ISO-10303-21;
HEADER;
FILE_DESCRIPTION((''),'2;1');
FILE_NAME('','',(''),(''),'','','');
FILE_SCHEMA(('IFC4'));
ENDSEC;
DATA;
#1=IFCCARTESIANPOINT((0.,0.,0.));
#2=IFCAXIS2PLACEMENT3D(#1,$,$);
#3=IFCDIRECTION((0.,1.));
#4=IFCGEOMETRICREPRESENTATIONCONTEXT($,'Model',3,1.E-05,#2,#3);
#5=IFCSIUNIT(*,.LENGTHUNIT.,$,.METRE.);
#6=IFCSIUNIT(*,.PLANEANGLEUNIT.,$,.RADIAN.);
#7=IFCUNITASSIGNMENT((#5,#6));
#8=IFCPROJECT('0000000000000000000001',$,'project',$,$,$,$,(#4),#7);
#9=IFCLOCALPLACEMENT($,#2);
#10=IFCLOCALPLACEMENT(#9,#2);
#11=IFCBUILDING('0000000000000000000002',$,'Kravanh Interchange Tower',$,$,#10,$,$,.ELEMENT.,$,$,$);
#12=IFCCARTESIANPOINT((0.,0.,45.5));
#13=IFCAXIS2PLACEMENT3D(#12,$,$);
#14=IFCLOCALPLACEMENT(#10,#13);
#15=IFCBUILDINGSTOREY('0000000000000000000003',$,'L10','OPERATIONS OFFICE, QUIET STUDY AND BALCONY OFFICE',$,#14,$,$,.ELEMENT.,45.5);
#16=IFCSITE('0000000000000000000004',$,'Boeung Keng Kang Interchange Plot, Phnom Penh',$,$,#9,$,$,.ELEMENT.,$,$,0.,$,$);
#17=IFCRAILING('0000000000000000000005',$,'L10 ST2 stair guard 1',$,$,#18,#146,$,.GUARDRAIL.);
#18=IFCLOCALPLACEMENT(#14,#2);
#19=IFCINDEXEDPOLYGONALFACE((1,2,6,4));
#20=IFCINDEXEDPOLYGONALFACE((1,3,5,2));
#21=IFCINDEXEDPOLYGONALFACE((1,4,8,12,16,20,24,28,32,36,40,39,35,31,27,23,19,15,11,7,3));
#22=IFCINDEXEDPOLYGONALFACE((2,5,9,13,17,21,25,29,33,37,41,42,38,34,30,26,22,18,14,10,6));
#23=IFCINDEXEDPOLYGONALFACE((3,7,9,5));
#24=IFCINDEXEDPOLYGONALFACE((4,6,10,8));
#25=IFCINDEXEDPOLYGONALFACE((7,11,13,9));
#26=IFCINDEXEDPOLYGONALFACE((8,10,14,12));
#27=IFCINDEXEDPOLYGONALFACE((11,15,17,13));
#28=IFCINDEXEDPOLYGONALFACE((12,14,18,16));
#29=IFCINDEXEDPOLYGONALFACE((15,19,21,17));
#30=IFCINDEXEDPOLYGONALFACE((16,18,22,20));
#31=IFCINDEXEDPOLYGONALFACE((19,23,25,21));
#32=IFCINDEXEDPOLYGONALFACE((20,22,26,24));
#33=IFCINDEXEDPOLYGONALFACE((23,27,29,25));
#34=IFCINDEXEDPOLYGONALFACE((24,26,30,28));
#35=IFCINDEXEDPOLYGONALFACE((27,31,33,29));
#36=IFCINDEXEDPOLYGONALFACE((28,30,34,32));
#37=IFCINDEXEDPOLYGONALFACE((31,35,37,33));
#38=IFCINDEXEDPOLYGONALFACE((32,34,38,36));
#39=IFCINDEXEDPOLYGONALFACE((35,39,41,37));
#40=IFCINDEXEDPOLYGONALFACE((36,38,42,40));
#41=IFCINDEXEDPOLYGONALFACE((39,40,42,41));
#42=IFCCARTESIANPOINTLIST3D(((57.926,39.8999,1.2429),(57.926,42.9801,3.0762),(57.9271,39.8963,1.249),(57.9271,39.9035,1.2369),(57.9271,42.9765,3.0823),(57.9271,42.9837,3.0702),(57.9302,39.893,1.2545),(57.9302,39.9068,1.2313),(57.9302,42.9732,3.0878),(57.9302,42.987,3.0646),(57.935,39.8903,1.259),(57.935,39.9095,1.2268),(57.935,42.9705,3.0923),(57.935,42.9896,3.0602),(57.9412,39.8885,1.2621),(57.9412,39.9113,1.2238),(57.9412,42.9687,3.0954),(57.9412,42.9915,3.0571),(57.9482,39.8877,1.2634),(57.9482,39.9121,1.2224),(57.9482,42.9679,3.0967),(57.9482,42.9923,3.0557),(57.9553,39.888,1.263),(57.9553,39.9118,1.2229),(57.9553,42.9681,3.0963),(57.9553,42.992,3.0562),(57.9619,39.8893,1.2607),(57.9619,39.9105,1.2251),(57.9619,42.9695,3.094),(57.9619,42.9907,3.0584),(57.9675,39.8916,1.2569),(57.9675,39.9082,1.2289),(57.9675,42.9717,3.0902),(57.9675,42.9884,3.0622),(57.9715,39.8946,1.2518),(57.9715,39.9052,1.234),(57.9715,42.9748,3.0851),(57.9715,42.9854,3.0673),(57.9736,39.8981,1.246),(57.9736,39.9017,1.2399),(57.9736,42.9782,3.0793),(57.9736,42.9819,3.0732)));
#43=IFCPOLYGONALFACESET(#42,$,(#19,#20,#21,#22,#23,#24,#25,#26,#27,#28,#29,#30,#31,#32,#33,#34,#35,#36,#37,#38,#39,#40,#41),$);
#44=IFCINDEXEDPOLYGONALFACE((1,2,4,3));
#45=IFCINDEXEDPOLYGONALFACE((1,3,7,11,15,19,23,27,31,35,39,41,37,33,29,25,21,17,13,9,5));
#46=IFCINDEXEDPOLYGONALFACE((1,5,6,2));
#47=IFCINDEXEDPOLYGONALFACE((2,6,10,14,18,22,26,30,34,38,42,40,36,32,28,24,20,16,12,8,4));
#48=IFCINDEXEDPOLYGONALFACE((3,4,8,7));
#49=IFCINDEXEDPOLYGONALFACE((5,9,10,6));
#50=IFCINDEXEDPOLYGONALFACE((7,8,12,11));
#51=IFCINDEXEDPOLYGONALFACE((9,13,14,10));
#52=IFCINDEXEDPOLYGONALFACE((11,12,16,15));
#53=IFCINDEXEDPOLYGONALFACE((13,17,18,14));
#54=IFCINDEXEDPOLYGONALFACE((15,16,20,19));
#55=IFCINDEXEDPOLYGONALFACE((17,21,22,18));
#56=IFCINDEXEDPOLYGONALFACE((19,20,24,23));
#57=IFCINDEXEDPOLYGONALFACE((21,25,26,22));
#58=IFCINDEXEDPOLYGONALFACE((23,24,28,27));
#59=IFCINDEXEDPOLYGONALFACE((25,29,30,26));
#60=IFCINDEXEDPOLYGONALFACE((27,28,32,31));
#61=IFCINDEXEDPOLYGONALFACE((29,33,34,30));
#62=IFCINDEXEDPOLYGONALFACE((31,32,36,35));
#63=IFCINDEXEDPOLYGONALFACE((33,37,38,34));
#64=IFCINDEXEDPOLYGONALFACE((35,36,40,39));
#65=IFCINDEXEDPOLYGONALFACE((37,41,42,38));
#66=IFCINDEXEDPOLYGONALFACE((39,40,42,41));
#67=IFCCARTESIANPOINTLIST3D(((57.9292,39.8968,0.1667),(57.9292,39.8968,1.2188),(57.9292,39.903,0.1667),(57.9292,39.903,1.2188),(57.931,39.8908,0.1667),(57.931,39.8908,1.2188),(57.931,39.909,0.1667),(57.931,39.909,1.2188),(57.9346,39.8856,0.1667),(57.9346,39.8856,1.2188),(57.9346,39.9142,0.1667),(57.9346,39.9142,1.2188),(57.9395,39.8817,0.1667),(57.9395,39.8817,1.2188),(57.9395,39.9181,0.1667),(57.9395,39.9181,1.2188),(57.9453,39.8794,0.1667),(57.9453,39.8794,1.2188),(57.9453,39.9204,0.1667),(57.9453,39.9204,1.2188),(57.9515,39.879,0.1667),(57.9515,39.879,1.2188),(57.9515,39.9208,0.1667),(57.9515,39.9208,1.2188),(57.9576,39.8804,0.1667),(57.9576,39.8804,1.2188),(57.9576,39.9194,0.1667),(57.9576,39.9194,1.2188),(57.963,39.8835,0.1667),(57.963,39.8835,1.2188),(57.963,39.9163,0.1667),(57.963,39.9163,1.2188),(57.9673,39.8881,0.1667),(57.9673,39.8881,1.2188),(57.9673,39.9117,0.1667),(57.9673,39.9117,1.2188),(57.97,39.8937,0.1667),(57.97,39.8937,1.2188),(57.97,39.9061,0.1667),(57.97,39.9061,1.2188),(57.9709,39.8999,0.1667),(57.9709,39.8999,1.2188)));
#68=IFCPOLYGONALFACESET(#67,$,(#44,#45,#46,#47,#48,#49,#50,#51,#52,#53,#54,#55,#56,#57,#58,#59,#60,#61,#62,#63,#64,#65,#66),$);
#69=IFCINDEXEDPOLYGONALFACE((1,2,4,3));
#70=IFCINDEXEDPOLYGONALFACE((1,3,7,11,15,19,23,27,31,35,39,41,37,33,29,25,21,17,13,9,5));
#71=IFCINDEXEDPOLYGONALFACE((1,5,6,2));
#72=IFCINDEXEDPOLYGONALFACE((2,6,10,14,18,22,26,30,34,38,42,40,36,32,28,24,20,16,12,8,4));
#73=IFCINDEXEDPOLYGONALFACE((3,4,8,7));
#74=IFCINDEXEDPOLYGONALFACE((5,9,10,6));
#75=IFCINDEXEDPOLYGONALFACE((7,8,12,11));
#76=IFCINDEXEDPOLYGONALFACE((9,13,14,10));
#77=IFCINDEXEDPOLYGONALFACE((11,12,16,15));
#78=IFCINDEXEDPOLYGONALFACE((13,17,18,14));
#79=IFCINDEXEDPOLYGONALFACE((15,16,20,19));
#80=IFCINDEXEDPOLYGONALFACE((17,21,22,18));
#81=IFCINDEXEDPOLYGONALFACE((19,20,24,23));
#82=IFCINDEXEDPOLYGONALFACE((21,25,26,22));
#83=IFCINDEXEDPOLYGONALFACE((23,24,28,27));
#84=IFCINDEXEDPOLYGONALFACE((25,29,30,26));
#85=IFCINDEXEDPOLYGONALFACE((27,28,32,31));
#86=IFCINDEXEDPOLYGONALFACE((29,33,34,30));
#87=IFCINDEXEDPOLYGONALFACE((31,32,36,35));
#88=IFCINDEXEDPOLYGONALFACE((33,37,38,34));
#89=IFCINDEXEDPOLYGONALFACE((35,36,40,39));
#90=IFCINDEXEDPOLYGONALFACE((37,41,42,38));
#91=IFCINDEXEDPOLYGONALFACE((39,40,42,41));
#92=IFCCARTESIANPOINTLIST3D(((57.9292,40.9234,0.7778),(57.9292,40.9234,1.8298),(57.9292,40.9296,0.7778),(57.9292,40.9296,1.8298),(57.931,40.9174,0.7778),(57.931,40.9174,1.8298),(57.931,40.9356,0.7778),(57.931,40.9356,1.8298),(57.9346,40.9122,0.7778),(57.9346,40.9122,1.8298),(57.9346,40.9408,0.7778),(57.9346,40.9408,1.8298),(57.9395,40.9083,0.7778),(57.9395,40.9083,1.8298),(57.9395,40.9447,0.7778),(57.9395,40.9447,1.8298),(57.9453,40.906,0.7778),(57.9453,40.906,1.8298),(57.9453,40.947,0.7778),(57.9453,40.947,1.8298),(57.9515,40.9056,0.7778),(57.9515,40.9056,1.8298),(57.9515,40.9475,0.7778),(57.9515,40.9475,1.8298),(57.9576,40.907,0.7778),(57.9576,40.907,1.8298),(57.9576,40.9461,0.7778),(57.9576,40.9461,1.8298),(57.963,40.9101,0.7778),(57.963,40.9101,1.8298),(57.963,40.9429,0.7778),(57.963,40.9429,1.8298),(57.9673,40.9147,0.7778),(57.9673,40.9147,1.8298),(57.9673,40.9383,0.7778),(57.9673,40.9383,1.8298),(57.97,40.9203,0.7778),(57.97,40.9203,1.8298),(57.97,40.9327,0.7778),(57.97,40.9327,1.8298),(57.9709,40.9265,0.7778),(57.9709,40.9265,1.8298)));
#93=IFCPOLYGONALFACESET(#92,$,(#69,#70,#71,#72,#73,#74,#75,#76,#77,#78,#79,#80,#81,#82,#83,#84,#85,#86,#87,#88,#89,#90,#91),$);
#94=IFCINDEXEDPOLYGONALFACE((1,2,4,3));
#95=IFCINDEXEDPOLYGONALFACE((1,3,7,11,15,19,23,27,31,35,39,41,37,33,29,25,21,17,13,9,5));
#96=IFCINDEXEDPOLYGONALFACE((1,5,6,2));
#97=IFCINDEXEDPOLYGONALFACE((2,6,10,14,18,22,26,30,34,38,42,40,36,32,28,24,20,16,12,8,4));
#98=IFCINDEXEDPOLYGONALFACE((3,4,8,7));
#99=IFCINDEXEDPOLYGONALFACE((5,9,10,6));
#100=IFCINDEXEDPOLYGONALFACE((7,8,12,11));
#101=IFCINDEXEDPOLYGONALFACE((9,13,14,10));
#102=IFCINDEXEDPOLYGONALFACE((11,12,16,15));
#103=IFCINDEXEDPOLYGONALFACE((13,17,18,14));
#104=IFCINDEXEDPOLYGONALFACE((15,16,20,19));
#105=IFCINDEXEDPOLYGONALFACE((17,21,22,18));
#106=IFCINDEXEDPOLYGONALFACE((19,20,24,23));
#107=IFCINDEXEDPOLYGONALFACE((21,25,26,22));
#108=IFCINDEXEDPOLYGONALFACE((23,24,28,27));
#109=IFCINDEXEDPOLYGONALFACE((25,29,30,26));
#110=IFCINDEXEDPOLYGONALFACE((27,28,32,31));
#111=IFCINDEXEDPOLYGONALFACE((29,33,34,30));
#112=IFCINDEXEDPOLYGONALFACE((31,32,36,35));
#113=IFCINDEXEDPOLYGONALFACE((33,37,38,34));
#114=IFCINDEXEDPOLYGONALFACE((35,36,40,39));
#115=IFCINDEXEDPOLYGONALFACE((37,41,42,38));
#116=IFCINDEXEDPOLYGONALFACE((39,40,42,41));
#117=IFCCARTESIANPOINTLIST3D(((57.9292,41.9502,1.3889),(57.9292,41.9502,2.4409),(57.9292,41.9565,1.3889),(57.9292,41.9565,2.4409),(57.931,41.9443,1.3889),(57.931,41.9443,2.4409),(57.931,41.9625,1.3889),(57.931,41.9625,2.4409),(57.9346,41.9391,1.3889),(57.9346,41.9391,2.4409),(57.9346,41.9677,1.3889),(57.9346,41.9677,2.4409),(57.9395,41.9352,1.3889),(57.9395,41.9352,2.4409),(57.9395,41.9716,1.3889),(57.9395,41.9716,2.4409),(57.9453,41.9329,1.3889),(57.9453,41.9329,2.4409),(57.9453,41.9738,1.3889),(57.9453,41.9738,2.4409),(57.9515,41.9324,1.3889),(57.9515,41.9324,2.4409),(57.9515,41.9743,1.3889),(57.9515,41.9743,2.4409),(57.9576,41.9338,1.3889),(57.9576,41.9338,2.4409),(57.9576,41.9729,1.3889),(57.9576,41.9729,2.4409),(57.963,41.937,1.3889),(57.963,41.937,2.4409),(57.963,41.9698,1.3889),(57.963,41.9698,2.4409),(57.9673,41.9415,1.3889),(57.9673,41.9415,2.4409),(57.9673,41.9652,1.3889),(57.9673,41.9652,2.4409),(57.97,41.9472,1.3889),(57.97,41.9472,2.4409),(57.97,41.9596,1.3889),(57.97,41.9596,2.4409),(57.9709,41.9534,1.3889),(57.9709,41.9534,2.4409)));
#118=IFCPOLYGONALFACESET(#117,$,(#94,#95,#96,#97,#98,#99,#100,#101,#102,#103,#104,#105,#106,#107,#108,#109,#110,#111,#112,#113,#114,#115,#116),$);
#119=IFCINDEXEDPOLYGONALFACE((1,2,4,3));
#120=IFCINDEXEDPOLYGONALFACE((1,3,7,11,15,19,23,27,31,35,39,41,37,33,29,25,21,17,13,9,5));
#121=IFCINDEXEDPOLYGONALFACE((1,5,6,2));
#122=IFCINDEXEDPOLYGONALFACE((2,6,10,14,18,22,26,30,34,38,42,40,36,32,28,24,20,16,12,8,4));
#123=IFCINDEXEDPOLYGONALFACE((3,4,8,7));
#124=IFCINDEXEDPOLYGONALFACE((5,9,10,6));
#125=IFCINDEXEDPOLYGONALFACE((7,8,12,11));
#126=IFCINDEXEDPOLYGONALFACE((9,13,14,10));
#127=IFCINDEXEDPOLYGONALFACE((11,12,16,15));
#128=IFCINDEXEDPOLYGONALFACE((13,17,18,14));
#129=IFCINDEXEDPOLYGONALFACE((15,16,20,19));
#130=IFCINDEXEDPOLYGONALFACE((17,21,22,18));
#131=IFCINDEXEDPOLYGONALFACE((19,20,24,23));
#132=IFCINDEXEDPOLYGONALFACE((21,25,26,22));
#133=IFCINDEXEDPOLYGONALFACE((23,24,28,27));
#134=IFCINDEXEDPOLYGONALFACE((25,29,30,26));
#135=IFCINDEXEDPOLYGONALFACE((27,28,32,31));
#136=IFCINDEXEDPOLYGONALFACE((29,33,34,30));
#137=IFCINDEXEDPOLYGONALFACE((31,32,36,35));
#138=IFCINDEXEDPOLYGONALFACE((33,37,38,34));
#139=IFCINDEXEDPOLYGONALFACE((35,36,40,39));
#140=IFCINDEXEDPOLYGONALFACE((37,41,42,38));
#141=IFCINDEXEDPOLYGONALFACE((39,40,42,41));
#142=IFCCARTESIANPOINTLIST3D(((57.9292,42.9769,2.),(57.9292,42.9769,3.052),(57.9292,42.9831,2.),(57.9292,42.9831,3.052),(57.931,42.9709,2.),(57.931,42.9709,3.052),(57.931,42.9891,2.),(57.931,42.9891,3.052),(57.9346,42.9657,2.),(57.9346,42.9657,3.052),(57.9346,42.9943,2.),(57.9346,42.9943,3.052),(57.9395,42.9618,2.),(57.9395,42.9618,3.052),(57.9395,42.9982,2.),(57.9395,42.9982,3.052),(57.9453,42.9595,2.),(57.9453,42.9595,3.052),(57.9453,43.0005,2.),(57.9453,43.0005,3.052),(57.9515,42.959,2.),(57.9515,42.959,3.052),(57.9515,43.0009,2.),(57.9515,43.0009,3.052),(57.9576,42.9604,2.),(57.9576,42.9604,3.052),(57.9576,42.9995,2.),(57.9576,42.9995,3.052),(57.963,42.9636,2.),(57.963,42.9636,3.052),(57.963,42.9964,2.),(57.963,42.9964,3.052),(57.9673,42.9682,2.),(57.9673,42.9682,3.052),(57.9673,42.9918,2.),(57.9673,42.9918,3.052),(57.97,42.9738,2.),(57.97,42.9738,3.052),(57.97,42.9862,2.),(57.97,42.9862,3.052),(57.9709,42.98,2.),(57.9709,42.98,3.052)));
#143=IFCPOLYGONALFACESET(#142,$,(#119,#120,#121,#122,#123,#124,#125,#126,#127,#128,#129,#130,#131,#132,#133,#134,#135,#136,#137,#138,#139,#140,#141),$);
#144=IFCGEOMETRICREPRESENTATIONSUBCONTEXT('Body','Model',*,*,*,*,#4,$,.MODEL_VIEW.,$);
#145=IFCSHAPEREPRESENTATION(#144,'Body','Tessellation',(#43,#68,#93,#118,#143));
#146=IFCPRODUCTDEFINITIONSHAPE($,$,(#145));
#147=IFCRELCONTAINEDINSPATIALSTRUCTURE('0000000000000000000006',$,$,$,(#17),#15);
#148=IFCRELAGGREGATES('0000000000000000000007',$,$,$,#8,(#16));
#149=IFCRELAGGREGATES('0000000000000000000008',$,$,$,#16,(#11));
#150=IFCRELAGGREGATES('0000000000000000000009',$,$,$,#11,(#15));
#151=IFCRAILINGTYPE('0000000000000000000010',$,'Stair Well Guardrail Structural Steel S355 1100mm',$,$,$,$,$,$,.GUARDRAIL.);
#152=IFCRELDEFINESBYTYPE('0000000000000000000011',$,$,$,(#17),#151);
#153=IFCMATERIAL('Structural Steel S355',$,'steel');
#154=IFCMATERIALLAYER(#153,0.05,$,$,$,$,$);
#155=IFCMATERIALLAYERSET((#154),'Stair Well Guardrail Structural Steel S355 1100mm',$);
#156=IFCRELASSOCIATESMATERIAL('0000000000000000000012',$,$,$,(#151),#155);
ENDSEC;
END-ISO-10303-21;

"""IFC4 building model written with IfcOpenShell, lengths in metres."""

from ifc_helpers import new_model, si_unit, direction, frame, origin, origin_2d, place, context, subcontext, project, spatial, circle, extrude, material, layer, layer_set, type_object, element, save


model = new_model("IFC4")

# Units and contexts
model_context = context("Model", 3, precision=1e-05, world=origin(), true_north=direction((0.0, 1.0)))
body_context = subcontext(model_context, "Body", "Model", "MODEL_VIEW")
ifc_project = project(units=[si_unit("LENGTHUNIT", "METRE"), si_unit("PLANEANGLEUNIT", "RADIAN")], contexts=[model_context])

# Site, building, storey
site_placement = place(None, origin())
site = spatial("IfcSite", under=ifc_project, at=site_placement, Name="Boeung Keng Kang Interchange Plot, Phnom Penh", CompositionType="ELEMENT", RefElevation=0.0)
building_placement = place(site_placement, origin())
building = spatial("IfcBuilding", under=site, at=building_placement, Name="Kravanh Interchange Tower", CompositionType="ELEMENT")
storey_placement = place(building_placement, frame((0.0, 0.0, 45.5)))
storey = spatial("IfcBuildingStorey", under=building, at=storey_placement, Name="L10", Description="OPERATIONS OFFICE, QUIET STUDY AND BALCONY OFFICE", CompositionType="ELEMENT", Elevation=45.5)

# Railing
ifc_material_1 = material(Name="Structural Steel S355", Category="steel")
ifc_layer_1 = layer(ifc_material_1, 0.05)
ifc_layer_set_1 = layer_set([ifc_layer_1], Name="Stair Well Guardrail Structural Steel S355 1100mm")
railing_type_1 = type_object("IfcRailingType", Name="Stair Well Guardrail Structural Steel S355 1100mm", PredefinedType="GUARDRAIL", material=ifc_layer_set_1)
railing_1_placement = place(storey_placement, frame((57.95, 39.8999, 0.1667)))
element("IfcRailing", 1, at=railing_1_placement, inside=storey, type_object=railing_type_1, Name="L10 ST2 stair guard 1", PredefinedType="GUARDRAIL", context=body_context, shape_type="SweptSolid", body=[
    extrude(circle(Radius=0.0239, at=origin_2d()), frame((0.0, 0.0, 1.0762), z_axis=(0.0, 0.859309, 0.511458), x_axis=(-1.0, 0.0, 0.0)), (0.0, 0.0, 1.0), 3.5845),
    extrude(circle(Radius=0.021, at=origin_2d()), origin(), (0.0, 0.0, 1.0), 1.052),
    extrude(circle(Radius=0.021, at=origin_2d()), frame((0.0, 1.0266, 0.6111)), (0.0, 0.0, 1.0), 1.052),
    extrude(circle(Radius=0.021, at=origin_2d()), frame((0.0, 2.0535, 1.2222)), (0.0, 0.0, 1.0), 1.052),
    extrude(circle(Radius=0.021, at=origin_2d()), frame((0.0, 3.0801, 1.8333)), (0.0, 0.0, 1.0), 1.052),
])

save(model, "model.ifc")
